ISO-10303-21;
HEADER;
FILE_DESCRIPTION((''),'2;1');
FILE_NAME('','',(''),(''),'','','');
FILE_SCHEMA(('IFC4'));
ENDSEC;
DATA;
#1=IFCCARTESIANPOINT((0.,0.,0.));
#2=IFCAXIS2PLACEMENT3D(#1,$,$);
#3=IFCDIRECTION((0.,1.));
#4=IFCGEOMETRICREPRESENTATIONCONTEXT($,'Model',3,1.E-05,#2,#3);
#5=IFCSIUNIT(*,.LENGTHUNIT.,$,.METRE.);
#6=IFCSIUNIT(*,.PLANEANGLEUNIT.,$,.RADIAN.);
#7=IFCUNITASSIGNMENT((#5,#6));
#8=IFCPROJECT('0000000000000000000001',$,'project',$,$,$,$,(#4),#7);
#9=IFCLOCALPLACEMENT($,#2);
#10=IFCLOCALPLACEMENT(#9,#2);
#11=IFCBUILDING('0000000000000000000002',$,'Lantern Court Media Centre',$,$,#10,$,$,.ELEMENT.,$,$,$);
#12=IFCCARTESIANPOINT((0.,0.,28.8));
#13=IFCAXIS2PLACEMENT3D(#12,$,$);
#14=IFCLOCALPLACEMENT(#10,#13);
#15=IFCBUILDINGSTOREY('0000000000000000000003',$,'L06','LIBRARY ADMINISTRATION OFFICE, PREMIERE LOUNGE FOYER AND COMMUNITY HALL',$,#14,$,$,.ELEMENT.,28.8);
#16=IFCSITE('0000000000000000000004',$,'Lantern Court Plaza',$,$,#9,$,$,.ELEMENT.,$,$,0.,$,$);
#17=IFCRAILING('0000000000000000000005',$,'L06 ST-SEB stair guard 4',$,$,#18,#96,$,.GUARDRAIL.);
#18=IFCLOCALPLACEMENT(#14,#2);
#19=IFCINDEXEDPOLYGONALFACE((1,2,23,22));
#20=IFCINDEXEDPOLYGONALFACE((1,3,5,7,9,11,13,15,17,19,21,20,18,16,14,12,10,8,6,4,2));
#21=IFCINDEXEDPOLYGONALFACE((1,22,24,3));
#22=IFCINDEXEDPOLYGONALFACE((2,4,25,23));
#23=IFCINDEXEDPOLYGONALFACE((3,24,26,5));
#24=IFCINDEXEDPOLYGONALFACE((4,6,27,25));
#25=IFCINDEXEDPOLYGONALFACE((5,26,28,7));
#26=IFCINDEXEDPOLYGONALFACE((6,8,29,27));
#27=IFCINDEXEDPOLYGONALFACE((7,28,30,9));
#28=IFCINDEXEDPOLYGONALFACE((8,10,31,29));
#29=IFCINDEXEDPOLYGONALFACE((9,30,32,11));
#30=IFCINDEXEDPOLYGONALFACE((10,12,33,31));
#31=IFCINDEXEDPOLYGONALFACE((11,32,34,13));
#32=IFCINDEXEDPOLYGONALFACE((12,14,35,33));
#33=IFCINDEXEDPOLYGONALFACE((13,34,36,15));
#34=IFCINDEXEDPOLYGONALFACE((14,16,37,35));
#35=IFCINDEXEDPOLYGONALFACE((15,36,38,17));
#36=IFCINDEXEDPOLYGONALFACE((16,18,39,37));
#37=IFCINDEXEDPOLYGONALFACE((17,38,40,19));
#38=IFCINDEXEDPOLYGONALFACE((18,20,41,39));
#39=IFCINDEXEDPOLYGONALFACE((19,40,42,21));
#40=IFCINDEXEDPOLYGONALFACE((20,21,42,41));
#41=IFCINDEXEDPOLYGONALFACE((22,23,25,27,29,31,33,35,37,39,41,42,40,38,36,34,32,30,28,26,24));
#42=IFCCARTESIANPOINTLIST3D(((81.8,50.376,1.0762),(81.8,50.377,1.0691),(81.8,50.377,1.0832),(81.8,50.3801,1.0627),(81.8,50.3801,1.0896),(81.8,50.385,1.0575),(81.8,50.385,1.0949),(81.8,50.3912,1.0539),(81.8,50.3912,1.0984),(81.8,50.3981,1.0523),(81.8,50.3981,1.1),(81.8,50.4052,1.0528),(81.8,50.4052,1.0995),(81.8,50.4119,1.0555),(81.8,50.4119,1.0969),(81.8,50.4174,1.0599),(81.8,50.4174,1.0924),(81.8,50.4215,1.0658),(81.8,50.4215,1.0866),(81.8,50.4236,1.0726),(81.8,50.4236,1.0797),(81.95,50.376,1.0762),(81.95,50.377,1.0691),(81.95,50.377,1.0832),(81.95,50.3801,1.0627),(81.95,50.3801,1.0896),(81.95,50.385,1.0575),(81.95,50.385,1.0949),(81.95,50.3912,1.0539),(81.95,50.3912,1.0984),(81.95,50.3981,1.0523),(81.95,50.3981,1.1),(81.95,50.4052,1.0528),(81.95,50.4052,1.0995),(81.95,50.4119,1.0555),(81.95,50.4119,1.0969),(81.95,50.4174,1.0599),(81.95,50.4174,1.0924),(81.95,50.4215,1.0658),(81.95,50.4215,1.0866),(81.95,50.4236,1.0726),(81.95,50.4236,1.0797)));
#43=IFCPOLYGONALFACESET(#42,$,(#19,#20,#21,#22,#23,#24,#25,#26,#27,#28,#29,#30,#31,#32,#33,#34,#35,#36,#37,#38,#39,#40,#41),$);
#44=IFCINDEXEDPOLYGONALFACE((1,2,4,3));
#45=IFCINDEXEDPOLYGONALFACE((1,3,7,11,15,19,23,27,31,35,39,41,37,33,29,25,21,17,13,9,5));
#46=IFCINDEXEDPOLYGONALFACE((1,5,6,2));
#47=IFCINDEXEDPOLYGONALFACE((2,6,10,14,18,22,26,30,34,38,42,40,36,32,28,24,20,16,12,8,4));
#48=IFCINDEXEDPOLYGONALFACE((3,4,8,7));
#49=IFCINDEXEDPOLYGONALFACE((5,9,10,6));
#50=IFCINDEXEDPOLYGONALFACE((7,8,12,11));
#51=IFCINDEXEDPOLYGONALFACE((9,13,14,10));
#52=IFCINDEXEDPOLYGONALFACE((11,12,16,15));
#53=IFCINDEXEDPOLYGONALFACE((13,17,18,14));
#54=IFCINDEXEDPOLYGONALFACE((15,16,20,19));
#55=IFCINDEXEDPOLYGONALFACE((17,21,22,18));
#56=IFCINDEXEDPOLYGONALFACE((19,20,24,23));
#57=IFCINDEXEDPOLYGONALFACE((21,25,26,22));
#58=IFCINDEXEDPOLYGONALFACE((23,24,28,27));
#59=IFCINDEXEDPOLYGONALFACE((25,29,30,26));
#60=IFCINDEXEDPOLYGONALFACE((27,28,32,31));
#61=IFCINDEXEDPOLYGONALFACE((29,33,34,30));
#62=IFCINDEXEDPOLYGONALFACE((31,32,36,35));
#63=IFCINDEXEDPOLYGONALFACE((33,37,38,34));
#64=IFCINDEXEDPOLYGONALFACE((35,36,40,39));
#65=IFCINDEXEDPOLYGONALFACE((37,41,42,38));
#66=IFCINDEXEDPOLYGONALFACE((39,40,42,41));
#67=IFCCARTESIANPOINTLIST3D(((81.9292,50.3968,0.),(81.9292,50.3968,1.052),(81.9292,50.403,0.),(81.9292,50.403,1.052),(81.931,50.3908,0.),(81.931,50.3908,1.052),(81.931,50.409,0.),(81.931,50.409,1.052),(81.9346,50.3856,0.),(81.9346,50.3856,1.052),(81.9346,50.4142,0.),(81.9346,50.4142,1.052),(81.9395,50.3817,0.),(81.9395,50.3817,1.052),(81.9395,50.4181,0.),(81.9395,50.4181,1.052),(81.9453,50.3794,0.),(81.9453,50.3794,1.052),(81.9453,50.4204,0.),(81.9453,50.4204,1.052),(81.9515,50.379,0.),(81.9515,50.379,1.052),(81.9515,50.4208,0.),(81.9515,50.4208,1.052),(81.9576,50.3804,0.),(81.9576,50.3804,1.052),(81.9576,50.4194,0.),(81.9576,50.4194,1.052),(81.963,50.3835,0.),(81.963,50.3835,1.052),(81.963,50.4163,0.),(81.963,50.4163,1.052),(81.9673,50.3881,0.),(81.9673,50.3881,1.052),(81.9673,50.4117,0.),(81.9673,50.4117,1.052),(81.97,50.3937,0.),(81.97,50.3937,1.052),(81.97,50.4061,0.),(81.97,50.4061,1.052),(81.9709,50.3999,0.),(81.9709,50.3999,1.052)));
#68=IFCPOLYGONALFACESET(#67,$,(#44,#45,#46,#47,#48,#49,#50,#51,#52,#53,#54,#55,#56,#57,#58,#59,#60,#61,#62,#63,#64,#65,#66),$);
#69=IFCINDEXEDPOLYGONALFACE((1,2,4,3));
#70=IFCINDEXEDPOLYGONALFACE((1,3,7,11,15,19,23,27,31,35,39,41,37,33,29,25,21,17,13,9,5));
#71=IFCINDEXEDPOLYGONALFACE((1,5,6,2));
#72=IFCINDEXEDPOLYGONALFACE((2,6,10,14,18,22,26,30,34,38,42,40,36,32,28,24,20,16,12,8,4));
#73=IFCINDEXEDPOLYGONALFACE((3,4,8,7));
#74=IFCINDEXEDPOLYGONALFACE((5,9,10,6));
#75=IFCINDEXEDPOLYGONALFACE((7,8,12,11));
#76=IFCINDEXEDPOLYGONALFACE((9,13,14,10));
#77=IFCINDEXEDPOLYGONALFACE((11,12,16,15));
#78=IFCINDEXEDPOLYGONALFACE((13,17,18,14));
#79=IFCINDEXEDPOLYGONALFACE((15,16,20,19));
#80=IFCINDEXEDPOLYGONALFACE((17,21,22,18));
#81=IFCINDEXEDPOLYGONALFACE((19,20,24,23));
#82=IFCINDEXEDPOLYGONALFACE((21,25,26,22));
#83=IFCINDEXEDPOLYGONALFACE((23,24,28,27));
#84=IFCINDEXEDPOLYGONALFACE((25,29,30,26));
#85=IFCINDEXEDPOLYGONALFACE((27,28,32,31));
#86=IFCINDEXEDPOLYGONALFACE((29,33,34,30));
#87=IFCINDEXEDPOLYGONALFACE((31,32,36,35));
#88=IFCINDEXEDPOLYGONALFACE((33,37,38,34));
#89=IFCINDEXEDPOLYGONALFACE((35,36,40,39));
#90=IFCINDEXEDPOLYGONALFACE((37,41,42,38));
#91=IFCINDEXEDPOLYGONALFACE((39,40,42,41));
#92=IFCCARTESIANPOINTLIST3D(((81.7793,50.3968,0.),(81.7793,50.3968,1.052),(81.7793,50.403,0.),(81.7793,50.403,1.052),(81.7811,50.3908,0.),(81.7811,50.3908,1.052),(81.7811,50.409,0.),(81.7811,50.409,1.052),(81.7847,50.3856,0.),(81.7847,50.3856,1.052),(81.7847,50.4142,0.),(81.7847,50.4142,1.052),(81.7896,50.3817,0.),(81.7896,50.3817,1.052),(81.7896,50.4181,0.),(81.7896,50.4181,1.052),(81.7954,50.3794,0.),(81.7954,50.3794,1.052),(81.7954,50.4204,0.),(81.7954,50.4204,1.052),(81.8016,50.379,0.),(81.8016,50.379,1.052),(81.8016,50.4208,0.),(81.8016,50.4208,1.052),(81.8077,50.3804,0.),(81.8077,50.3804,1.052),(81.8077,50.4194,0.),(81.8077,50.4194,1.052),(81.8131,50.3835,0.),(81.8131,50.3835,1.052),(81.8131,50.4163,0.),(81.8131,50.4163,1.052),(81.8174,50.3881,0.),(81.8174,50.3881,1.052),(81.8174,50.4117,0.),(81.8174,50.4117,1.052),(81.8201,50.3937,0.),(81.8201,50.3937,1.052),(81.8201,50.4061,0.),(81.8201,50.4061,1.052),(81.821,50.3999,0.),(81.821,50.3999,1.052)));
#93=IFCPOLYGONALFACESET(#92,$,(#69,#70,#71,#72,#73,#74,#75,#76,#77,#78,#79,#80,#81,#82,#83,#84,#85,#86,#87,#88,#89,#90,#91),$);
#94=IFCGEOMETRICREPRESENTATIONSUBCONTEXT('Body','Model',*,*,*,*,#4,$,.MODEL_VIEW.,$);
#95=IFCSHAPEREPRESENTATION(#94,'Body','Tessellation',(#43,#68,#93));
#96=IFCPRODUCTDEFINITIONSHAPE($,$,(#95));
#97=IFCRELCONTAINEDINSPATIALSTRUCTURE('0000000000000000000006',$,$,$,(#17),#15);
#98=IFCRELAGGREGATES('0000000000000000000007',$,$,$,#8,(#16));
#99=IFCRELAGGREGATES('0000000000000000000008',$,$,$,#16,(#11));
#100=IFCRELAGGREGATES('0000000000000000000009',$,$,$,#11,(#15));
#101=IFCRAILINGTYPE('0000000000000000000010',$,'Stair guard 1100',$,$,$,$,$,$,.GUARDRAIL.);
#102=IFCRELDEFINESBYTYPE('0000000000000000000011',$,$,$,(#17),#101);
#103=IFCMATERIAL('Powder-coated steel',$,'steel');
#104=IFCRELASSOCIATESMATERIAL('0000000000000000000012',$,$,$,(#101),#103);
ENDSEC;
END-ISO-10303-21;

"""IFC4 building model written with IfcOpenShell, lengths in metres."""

from ifc_helpers import new_model, si_unit, direction, frame, origin, origin_2d, place, context, subcontext, project, spatial, circle, extrude, material, type_object, element, save


model = new_model("IFC4")

# Units and contexts
model_context = context("Model", 3, precision=1e-05, world=origin(), true_north=direction((0.0, 1.0)))
body_context = subcontext(model_context, "Body", "Model", "MODEL_VIEW")
ifc_project = project(units=[si_unit("LENGTHUNIT", "METRE"), si_unit("PLANEANGLEUNIT", "RADIAN")], contexts=[model_context])

# Site, building, storey
site_placement = place(None, origin())
site = spatial("IfcSite", under=ifc_project, at=site_placement, Name="Lantern Court Plaza", CompositionType="ELEMENT", RefElevation=0.0)
building_placement = place(site_placement, origin())
building = spatial("IfcBuilding", under=site, at=building_placement, Name="Lantern Court Media Centre", CompositionType="ELEMENT")
storey_placement = place(building_placement, frame((0.0, 0.0, 28.8)))
storey = spatial("IfcBuildingStorey", under=building, at=storey_placement, Name="L06", Description="LIBRARY ADMINISTRATION OFFICE, PREMIERE LOUNGE FOYER AND COMMUNITY HALL", CompositionType="ELEMENT", Elevation=28.8)

# Railing
ifc_material_1 = material(Name="Powder-coated steel", Category="steel")
railing_type_1 = type_object("IfcRailingType", Name="Stair guard 1100", PredefinedType="GUARDRAIL", material=ifc_material_1)
railing_1_placement = place(storey_placement, frame((81.95, 50.3999, 0.0)))
element("IfcRailing", 1, at=railing_1_placement, inside=storey, type_object=railing_type_1, Name="L06 ST-SEB stair guard 4", PredefinedType="GUARDRAIL", context=body_context, shape_type="SweptSolid", body=[
    extrude(circle(Radius=0.0239, at=origin_2d()), frame((0.0, 0.0, 1.0762), z_axis=(-1.0, 0.0, 0.0), x_axis=(0.0, -1.0, 0.0)), (0.0, 0.0, 1.0), 0.1499),
    extrude(circle(Radius=0.021, at=origin_2d()), origin(), (0.0, 0.0, 1.0), 1.052),
    extrude(circle(Radius=0.021, at=origin_2d()), frame((-0.1499, 0.0, 0.0)), (0.0, 0.0, 1.0), 1.052),
])

save(model, "model.ifc")
